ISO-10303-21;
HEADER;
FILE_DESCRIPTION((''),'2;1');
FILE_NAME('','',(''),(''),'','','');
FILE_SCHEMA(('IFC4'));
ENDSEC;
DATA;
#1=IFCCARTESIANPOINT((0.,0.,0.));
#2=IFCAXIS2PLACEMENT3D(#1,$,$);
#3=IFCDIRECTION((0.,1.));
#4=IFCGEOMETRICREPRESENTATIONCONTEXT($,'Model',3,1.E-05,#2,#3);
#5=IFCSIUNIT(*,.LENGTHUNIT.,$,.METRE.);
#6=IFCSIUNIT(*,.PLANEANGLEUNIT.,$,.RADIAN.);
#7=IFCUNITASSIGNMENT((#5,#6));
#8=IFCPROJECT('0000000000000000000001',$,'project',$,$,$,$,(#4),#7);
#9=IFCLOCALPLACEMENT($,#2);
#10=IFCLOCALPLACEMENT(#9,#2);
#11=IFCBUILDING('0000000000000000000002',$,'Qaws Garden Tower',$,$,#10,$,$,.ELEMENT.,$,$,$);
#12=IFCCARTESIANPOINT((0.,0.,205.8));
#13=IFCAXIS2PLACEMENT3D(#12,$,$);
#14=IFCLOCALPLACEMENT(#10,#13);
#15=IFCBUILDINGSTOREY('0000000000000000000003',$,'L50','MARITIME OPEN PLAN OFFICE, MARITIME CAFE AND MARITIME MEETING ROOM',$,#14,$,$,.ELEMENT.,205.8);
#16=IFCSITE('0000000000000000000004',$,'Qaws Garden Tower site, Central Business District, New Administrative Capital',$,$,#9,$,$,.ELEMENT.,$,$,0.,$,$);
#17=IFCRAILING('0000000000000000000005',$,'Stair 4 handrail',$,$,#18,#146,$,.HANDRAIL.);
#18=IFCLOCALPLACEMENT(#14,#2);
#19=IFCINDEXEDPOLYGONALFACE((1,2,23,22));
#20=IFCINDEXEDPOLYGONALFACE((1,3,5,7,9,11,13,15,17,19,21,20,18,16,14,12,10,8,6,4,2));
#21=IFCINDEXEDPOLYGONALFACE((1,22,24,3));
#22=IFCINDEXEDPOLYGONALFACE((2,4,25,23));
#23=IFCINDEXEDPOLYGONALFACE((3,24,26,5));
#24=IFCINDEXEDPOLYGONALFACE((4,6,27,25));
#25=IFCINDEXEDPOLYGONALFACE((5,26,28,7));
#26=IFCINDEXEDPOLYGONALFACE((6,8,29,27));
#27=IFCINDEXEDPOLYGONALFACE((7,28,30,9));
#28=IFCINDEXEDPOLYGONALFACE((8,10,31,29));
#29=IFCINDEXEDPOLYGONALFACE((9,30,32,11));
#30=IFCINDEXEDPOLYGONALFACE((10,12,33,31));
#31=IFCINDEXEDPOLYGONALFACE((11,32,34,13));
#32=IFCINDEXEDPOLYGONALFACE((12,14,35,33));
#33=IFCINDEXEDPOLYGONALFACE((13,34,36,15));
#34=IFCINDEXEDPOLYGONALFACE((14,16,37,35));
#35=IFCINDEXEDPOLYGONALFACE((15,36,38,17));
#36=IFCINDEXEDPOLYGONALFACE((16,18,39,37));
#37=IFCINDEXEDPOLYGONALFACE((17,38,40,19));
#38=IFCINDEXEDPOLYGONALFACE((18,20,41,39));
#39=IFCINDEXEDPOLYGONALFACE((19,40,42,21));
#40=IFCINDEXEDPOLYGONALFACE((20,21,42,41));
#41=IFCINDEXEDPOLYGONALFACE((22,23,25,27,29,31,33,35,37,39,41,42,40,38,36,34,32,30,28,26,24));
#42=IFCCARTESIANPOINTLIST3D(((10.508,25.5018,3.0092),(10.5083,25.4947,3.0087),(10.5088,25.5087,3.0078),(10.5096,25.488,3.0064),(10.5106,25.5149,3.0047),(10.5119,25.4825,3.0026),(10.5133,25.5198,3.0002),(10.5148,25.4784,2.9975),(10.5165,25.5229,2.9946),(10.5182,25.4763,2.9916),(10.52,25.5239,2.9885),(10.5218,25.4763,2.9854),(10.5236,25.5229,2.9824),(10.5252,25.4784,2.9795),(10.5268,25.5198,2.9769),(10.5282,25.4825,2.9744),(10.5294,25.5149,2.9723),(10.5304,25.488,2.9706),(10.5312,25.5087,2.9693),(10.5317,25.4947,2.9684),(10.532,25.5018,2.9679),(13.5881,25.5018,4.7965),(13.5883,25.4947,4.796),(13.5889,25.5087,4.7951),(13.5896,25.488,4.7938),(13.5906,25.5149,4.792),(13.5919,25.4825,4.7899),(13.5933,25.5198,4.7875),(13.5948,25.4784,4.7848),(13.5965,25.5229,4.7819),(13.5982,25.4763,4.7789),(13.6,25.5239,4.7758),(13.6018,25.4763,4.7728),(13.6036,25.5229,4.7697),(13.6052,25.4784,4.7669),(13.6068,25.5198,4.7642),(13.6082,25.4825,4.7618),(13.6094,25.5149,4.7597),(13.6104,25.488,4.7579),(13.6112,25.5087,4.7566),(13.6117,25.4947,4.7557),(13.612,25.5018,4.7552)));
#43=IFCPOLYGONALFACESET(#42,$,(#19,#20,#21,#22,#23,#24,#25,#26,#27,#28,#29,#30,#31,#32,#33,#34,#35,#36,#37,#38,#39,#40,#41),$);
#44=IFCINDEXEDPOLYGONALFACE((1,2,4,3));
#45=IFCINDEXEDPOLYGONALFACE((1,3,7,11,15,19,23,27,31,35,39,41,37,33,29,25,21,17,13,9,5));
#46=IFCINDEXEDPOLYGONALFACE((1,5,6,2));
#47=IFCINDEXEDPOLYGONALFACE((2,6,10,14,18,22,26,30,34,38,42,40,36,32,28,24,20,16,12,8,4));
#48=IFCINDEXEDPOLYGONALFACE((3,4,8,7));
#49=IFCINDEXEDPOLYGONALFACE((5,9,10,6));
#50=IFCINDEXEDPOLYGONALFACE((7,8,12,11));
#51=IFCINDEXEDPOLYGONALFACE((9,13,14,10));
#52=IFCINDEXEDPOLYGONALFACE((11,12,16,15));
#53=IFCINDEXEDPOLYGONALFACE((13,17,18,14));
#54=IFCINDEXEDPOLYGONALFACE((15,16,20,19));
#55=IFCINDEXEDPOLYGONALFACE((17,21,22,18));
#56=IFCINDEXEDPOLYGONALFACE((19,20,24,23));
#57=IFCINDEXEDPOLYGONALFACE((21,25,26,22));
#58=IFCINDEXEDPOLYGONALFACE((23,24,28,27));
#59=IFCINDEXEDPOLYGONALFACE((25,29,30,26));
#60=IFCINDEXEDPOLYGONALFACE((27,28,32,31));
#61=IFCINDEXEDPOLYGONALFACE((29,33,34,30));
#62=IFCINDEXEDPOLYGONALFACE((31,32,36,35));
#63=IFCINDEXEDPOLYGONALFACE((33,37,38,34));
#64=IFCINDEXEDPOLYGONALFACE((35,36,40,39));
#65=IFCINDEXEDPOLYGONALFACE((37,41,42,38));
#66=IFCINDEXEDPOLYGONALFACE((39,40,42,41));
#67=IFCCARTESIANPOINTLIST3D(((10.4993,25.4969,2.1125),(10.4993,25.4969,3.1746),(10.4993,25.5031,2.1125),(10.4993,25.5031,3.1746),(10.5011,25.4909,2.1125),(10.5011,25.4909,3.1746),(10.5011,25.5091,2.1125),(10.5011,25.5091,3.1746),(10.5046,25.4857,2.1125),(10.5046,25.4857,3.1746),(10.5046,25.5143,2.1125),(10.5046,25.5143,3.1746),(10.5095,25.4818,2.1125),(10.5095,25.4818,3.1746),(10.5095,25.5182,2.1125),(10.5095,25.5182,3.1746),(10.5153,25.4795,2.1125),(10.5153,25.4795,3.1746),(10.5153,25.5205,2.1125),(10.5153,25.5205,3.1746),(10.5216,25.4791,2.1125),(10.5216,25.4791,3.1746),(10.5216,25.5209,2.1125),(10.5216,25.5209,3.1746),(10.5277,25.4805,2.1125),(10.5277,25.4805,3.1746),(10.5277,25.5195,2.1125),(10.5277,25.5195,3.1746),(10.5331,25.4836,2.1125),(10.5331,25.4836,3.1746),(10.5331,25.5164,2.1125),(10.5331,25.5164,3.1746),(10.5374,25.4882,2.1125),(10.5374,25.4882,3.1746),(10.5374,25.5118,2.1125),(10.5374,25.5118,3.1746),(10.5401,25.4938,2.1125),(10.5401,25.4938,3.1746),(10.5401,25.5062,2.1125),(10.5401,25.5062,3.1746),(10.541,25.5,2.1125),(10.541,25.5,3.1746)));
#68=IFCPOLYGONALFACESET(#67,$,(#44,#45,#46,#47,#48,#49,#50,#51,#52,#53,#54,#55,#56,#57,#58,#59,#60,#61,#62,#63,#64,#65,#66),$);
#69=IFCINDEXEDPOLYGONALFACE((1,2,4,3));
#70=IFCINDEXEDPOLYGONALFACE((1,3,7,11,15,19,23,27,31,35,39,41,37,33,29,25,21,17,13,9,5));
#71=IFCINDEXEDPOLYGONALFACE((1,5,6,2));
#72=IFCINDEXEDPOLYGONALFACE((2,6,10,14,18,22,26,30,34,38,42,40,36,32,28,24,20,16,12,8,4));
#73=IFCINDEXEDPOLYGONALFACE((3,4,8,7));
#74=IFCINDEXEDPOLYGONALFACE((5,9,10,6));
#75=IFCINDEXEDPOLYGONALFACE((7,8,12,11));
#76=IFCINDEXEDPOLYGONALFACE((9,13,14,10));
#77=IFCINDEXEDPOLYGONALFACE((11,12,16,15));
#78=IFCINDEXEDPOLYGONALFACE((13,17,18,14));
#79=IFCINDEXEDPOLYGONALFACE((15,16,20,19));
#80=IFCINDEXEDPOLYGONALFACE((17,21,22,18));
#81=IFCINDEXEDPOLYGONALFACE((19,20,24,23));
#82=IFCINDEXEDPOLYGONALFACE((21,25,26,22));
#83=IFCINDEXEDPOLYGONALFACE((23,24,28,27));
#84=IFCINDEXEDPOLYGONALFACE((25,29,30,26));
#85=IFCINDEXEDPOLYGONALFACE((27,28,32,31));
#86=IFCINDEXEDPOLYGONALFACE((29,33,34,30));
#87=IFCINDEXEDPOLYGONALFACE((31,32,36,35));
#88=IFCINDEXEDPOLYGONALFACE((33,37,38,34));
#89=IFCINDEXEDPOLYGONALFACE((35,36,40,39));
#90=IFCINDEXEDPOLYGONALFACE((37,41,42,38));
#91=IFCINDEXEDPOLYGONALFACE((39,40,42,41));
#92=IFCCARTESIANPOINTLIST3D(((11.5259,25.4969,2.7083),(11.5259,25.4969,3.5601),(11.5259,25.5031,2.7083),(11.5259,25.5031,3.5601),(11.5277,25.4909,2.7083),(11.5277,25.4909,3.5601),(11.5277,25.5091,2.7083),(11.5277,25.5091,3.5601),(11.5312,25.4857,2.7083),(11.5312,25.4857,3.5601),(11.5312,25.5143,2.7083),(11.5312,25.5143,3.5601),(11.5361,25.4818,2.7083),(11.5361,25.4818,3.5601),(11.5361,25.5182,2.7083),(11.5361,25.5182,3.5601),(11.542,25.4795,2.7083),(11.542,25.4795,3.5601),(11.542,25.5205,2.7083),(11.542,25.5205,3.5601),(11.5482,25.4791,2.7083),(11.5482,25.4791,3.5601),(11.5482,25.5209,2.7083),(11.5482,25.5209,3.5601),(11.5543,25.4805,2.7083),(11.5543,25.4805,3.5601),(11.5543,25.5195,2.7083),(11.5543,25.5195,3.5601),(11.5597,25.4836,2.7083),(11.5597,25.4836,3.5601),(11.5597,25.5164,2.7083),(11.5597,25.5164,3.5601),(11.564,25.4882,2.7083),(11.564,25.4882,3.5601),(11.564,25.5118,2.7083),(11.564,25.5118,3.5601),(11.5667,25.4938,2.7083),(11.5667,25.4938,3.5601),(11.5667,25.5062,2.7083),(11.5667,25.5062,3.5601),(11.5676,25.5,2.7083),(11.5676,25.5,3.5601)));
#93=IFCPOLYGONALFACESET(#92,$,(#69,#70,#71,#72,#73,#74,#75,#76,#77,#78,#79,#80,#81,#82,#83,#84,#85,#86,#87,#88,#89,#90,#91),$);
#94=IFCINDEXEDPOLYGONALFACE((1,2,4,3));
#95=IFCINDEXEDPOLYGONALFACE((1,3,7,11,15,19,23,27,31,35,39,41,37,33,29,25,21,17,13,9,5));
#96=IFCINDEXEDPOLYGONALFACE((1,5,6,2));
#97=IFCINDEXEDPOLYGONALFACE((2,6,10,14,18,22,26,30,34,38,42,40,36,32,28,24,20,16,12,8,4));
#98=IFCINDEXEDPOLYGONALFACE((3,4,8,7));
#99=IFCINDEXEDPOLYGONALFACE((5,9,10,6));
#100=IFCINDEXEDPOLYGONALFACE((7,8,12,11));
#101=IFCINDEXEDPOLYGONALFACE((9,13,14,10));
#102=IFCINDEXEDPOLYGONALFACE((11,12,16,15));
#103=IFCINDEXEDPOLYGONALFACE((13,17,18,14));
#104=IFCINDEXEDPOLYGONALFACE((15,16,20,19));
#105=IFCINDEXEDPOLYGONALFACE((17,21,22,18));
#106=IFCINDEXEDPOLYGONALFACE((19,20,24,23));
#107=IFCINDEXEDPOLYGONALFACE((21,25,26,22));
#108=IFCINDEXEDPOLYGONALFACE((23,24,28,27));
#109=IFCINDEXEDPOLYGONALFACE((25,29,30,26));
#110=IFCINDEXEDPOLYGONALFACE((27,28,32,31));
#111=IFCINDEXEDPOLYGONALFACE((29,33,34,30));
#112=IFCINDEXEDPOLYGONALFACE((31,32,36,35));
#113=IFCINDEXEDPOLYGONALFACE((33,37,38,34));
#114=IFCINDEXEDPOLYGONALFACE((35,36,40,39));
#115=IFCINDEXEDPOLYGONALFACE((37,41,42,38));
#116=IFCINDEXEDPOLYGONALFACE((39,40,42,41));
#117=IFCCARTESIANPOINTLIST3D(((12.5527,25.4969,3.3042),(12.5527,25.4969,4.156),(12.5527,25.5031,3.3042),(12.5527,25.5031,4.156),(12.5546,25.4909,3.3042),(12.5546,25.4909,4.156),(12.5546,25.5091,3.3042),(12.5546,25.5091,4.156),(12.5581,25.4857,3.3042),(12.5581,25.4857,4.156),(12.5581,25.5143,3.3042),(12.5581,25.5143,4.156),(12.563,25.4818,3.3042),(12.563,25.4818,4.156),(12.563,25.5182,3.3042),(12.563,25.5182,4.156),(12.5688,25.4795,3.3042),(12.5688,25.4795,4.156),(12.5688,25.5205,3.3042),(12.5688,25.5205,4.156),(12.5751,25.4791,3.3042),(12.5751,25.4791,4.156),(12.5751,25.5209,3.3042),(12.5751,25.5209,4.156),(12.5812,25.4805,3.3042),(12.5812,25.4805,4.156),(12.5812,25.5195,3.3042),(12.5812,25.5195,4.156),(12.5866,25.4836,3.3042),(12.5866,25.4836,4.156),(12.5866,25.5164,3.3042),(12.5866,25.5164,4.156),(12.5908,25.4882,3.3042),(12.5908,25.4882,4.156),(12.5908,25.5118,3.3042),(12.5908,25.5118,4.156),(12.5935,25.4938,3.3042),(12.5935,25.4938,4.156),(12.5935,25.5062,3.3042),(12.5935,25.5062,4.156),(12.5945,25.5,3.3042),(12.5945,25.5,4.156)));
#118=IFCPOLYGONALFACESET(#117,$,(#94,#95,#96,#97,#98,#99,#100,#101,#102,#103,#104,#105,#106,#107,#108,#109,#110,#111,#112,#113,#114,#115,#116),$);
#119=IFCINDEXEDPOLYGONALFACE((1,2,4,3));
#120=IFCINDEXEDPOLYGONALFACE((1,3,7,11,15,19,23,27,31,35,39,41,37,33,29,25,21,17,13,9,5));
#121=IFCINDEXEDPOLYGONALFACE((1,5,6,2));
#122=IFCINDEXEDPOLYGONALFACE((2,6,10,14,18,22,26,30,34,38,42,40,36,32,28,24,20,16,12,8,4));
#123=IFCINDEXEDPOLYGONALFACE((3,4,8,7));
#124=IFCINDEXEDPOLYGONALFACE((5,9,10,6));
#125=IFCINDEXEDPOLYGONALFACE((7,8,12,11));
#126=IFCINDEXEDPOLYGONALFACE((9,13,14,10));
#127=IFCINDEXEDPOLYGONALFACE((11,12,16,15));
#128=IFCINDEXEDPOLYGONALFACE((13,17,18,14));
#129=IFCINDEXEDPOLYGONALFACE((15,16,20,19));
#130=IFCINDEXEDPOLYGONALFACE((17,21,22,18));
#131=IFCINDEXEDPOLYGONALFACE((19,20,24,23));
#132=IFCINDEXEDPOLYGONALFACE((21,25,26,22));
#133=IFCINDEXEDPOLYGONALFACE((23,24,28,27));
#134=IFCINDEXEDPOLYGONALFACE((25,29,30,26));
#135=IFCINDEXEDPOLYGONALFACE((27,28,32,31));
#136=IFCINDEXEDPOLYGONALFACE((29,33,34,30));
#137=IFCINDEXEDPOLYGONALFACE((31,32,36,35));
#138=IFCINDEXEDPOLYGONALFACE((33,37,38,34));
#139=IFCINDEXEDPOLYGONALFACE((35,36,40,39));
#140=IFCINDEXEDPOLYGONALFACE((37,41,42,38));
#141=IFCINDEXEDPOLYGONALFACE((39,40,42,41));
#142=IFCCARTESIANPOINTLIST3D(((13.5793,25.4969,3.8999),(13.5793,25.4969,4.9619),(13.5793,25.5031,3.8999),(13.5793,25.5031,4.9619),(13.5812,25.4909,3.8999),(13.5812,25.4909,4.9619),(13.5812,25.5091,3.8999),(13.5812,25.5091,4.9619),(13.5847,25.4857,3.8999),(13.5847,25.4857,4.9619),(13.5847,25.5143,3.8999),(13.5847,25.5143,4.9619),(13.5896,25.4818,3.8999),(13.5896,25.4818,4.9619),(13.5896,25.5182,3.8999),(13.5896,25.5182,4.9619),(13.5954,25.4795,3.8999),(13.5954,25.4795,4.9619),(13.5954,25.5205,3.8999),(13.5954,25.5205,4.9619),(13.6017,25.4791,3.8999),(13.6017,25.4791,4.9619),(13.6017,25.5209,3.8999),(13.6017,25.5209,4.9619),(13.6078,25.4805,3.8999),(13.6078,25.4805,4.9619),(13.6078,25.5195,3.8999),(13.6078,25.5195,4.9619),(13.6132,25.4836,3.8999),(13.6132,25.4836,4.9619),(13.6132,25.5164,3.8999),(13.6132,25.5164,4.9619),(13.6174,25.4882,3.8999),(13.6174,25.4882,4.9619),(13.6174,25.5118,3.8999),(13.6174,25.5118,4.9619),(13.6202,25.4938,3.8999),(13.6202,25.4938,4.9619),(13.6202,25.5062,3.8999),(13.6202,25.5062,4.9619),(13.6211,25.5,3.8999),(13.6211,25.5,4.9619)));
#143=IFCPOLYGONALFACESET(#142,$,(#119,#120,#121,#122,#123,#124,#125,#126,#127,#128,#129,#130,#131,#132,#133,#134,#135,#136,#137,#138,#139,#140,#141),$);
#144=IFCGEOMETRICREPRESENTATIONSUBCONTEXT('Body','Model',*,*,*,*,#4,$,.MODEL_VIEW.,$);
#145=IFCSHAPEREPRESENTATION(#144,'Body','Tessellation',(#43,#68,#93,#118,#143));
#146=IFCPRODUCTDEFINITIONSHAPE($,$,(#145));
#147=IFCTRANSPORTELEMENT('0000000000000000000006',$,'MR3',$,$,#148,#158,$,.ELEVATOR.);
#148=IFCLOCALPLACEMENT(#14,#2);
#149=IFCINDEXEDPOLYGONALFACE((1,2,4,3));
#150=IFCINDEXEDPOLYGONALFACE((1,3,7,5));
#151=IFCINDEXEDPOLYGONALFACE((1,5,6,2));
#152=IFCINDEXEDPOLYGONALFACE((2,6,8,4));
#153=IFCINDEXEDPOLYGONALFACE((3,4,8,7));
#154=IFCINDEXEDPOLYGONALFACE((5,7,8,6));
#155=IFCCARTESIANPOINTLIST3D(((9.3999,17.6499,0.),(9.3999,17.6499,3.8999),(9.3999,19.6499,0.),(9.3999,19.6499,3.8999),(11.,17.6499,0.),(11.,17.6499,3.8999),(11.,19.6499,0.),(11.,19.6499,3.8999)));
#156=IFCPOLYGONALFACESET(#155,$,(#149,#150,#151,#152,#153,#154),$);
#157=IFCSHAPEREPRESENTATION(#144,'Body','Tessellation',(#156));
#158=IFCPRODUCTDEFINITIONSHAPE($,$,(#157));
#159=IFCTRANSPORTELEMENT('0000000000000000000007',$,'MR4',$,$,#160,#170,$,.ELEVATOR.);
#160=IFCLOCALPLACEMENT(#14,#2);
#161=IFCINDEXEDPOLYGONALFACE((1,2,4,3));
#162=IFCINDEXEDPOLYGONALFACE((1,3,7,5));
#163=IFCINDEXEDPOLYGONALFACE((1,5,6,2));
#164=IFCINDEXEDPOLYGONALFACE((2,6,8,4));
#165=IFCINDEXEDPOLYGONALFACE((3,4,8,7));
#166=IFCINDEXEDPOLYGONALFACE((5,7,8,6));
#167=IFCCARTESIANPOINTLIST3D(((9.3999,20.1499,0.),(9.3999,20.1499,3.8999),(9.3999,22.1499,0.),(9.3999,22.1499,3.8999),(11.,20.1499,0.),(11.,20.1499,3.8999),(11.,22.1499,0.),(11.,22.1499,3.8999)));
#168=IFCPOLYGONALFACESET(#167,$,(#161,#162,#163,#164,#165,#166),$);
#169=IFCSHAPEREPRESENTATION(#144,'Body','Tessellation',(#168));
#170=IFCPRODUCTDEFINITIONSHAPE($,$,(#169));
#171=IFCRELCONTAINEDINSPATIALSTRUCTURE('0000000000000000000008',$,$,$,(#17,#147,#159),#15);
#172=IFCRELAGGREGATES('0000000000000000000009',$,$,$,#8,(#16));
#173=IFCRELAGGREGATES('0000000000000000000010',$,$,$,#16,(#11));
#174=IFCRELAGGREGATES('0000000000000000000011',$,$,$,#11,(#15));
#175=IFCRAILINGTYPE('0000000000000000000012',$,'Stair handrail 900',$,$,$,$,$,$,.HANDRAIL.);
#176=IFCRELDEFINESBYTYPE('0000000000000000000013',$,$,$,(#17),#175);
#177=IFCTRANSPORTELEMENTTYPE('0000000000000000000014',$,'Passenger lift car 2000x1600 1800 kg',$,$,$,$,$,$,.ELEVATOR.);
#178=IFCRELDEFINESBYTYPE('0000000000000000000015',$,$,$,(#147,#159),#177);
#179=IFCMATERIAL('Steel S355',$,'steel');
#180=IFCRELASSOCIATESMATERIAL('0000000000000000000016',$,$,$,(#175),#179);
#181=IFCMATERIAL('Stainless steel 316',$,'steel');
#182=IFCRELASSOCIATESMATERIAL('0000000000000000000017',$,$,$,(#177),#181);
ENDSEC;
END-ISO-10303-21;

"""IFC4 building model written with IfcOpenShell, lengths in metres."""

from ifc_helpers import new_model, si_unit, direction, frame, origin, origin_2d, place, context, subcontext, project, spatial, rectangle, circle, extrude, material, type_object, element, save


model = new_model("IFC4")

# Units and contexts
model_context = context("Model", 3, precision=1e-05, world=origin(), true_north=direction((0.0, 1.0)))
body_context = subcontext(model_context, "Body", "Model", "MODEL_VIEW")
ifc_project = project(units=[si_unit("LENGTHUNIT", "METRE"), si_unit("PLANEANGLEUNIT", "RADIAN")], contexts=[model_context])

# Site, building, storey
site_placement = place(None, origin())
site = spatial("IfcSite", under=ifc_project, at=site_placement, Name="Qaws Garden Tower site, Central Business District, New Administrative Capital", CompositionType="ELEMENT", RefElevation=0.0)
building_placement = place(site_placement, origin())
building = spatial("IfcBuilding", under=site, at=building_placement, Name="Qaws Garden Tower", CompositionType="ELEMENT")
storey_placement = place(building_placement, frame((0.0, 0.0, 205.8)))
storey = spatial("IfcBuildingStorey", under=building, at=storey_placement, Name="L50", Description="MARITIME OPEN PLAN OFFICE, MARITIME CAFE AND MARITIME MEETING ROOM", CompositionType="ELEMENT", Elevation=205.8)

# Railing
ifc_material_1 = material(Name="Steel S355", Category="steel")
railing_type = type_object("IfcRailingType", Name="Stair handrail 900", PredefinedType="HANDRAIL", material=ifc_material_1)
railing_1_placement = place(storey_placement, frame((10.52, 25.5, 2.1125)))
element("IfcRailing", 1, at=railing_1_placement, inside=storey, type_object=railing_type, Name="Stair 4 handrail", PredefinedType="HANDRAIL", context=body_context, shape_type="SweptSolid", body=[
    extrude(circle(Radius=0.0239, at=origin_2d()), frame((0.0, 0.0, 0.876), z_axis=(0.86492, 0.0, 0.501909), x_axis=(0.0, 1.0, 0.0)), (0.0, 0.0, 1.0), 3.561),
    extrude(circle(Radius=0.021, at=origin_2d()), origin(), (0.0, 0.0, 1.0), 1.062),
    extrude(circle(Radius=0.021, at=origin_2d()), frame((1.0266, 0.0, 0.5957)), (0.0, 0.0, 1.0), 0.8518),
    extrude(circle(Radius=0.021, at=origin_2d()), frame((2.0535, 0.0, 1.1917)), (0.0, 0.0, 1.0), 0.8518),
    extrude(circle(Radius=0.021, at=origin_2d()), frame((3.0801, 0.0, 1.7874)), (0.0, 0.0, 1.0), 1.062),
])

# Transport elements
ifc_material_2 = material(Name="Stainless steel 316", Category="steel")
transport_element_type = type_object("IfcTransportElementType", Name="Passenger lift car 2000x1600 1800 kg", PredefinedType="ELEVATOR", material=ifc_material_2)
for number, where, z_axis, x_axis, name in (
    (2, (10.2, 18.6499, 0.0), (0.0, 0.0, 1.0), (1.0, 0.0, 0.0), "MR3"),
    (3, (10.2, 21.1499, 0.0), (0.0, 0.0, 1.0), (1.0, 0.0, 0.0), "MR4"),
):
    element("IfcTransportElement", number, at=place(storey_placement, frame(where, z_axis=z_axis, x_axis=x_axis)), inside=storey, type_object=transport_element_type, Name=name, PredefinedType="ELEVATOR", context=body_context, shape_type="SweptSolid", body=[
        extrude(rectangle(XDim=1.6001, YDim=2.0, at=origin_2d()), origin(), (0.0, 0.0, 1.0), 3.8999),
    ])

save(model, "model.ifc")
